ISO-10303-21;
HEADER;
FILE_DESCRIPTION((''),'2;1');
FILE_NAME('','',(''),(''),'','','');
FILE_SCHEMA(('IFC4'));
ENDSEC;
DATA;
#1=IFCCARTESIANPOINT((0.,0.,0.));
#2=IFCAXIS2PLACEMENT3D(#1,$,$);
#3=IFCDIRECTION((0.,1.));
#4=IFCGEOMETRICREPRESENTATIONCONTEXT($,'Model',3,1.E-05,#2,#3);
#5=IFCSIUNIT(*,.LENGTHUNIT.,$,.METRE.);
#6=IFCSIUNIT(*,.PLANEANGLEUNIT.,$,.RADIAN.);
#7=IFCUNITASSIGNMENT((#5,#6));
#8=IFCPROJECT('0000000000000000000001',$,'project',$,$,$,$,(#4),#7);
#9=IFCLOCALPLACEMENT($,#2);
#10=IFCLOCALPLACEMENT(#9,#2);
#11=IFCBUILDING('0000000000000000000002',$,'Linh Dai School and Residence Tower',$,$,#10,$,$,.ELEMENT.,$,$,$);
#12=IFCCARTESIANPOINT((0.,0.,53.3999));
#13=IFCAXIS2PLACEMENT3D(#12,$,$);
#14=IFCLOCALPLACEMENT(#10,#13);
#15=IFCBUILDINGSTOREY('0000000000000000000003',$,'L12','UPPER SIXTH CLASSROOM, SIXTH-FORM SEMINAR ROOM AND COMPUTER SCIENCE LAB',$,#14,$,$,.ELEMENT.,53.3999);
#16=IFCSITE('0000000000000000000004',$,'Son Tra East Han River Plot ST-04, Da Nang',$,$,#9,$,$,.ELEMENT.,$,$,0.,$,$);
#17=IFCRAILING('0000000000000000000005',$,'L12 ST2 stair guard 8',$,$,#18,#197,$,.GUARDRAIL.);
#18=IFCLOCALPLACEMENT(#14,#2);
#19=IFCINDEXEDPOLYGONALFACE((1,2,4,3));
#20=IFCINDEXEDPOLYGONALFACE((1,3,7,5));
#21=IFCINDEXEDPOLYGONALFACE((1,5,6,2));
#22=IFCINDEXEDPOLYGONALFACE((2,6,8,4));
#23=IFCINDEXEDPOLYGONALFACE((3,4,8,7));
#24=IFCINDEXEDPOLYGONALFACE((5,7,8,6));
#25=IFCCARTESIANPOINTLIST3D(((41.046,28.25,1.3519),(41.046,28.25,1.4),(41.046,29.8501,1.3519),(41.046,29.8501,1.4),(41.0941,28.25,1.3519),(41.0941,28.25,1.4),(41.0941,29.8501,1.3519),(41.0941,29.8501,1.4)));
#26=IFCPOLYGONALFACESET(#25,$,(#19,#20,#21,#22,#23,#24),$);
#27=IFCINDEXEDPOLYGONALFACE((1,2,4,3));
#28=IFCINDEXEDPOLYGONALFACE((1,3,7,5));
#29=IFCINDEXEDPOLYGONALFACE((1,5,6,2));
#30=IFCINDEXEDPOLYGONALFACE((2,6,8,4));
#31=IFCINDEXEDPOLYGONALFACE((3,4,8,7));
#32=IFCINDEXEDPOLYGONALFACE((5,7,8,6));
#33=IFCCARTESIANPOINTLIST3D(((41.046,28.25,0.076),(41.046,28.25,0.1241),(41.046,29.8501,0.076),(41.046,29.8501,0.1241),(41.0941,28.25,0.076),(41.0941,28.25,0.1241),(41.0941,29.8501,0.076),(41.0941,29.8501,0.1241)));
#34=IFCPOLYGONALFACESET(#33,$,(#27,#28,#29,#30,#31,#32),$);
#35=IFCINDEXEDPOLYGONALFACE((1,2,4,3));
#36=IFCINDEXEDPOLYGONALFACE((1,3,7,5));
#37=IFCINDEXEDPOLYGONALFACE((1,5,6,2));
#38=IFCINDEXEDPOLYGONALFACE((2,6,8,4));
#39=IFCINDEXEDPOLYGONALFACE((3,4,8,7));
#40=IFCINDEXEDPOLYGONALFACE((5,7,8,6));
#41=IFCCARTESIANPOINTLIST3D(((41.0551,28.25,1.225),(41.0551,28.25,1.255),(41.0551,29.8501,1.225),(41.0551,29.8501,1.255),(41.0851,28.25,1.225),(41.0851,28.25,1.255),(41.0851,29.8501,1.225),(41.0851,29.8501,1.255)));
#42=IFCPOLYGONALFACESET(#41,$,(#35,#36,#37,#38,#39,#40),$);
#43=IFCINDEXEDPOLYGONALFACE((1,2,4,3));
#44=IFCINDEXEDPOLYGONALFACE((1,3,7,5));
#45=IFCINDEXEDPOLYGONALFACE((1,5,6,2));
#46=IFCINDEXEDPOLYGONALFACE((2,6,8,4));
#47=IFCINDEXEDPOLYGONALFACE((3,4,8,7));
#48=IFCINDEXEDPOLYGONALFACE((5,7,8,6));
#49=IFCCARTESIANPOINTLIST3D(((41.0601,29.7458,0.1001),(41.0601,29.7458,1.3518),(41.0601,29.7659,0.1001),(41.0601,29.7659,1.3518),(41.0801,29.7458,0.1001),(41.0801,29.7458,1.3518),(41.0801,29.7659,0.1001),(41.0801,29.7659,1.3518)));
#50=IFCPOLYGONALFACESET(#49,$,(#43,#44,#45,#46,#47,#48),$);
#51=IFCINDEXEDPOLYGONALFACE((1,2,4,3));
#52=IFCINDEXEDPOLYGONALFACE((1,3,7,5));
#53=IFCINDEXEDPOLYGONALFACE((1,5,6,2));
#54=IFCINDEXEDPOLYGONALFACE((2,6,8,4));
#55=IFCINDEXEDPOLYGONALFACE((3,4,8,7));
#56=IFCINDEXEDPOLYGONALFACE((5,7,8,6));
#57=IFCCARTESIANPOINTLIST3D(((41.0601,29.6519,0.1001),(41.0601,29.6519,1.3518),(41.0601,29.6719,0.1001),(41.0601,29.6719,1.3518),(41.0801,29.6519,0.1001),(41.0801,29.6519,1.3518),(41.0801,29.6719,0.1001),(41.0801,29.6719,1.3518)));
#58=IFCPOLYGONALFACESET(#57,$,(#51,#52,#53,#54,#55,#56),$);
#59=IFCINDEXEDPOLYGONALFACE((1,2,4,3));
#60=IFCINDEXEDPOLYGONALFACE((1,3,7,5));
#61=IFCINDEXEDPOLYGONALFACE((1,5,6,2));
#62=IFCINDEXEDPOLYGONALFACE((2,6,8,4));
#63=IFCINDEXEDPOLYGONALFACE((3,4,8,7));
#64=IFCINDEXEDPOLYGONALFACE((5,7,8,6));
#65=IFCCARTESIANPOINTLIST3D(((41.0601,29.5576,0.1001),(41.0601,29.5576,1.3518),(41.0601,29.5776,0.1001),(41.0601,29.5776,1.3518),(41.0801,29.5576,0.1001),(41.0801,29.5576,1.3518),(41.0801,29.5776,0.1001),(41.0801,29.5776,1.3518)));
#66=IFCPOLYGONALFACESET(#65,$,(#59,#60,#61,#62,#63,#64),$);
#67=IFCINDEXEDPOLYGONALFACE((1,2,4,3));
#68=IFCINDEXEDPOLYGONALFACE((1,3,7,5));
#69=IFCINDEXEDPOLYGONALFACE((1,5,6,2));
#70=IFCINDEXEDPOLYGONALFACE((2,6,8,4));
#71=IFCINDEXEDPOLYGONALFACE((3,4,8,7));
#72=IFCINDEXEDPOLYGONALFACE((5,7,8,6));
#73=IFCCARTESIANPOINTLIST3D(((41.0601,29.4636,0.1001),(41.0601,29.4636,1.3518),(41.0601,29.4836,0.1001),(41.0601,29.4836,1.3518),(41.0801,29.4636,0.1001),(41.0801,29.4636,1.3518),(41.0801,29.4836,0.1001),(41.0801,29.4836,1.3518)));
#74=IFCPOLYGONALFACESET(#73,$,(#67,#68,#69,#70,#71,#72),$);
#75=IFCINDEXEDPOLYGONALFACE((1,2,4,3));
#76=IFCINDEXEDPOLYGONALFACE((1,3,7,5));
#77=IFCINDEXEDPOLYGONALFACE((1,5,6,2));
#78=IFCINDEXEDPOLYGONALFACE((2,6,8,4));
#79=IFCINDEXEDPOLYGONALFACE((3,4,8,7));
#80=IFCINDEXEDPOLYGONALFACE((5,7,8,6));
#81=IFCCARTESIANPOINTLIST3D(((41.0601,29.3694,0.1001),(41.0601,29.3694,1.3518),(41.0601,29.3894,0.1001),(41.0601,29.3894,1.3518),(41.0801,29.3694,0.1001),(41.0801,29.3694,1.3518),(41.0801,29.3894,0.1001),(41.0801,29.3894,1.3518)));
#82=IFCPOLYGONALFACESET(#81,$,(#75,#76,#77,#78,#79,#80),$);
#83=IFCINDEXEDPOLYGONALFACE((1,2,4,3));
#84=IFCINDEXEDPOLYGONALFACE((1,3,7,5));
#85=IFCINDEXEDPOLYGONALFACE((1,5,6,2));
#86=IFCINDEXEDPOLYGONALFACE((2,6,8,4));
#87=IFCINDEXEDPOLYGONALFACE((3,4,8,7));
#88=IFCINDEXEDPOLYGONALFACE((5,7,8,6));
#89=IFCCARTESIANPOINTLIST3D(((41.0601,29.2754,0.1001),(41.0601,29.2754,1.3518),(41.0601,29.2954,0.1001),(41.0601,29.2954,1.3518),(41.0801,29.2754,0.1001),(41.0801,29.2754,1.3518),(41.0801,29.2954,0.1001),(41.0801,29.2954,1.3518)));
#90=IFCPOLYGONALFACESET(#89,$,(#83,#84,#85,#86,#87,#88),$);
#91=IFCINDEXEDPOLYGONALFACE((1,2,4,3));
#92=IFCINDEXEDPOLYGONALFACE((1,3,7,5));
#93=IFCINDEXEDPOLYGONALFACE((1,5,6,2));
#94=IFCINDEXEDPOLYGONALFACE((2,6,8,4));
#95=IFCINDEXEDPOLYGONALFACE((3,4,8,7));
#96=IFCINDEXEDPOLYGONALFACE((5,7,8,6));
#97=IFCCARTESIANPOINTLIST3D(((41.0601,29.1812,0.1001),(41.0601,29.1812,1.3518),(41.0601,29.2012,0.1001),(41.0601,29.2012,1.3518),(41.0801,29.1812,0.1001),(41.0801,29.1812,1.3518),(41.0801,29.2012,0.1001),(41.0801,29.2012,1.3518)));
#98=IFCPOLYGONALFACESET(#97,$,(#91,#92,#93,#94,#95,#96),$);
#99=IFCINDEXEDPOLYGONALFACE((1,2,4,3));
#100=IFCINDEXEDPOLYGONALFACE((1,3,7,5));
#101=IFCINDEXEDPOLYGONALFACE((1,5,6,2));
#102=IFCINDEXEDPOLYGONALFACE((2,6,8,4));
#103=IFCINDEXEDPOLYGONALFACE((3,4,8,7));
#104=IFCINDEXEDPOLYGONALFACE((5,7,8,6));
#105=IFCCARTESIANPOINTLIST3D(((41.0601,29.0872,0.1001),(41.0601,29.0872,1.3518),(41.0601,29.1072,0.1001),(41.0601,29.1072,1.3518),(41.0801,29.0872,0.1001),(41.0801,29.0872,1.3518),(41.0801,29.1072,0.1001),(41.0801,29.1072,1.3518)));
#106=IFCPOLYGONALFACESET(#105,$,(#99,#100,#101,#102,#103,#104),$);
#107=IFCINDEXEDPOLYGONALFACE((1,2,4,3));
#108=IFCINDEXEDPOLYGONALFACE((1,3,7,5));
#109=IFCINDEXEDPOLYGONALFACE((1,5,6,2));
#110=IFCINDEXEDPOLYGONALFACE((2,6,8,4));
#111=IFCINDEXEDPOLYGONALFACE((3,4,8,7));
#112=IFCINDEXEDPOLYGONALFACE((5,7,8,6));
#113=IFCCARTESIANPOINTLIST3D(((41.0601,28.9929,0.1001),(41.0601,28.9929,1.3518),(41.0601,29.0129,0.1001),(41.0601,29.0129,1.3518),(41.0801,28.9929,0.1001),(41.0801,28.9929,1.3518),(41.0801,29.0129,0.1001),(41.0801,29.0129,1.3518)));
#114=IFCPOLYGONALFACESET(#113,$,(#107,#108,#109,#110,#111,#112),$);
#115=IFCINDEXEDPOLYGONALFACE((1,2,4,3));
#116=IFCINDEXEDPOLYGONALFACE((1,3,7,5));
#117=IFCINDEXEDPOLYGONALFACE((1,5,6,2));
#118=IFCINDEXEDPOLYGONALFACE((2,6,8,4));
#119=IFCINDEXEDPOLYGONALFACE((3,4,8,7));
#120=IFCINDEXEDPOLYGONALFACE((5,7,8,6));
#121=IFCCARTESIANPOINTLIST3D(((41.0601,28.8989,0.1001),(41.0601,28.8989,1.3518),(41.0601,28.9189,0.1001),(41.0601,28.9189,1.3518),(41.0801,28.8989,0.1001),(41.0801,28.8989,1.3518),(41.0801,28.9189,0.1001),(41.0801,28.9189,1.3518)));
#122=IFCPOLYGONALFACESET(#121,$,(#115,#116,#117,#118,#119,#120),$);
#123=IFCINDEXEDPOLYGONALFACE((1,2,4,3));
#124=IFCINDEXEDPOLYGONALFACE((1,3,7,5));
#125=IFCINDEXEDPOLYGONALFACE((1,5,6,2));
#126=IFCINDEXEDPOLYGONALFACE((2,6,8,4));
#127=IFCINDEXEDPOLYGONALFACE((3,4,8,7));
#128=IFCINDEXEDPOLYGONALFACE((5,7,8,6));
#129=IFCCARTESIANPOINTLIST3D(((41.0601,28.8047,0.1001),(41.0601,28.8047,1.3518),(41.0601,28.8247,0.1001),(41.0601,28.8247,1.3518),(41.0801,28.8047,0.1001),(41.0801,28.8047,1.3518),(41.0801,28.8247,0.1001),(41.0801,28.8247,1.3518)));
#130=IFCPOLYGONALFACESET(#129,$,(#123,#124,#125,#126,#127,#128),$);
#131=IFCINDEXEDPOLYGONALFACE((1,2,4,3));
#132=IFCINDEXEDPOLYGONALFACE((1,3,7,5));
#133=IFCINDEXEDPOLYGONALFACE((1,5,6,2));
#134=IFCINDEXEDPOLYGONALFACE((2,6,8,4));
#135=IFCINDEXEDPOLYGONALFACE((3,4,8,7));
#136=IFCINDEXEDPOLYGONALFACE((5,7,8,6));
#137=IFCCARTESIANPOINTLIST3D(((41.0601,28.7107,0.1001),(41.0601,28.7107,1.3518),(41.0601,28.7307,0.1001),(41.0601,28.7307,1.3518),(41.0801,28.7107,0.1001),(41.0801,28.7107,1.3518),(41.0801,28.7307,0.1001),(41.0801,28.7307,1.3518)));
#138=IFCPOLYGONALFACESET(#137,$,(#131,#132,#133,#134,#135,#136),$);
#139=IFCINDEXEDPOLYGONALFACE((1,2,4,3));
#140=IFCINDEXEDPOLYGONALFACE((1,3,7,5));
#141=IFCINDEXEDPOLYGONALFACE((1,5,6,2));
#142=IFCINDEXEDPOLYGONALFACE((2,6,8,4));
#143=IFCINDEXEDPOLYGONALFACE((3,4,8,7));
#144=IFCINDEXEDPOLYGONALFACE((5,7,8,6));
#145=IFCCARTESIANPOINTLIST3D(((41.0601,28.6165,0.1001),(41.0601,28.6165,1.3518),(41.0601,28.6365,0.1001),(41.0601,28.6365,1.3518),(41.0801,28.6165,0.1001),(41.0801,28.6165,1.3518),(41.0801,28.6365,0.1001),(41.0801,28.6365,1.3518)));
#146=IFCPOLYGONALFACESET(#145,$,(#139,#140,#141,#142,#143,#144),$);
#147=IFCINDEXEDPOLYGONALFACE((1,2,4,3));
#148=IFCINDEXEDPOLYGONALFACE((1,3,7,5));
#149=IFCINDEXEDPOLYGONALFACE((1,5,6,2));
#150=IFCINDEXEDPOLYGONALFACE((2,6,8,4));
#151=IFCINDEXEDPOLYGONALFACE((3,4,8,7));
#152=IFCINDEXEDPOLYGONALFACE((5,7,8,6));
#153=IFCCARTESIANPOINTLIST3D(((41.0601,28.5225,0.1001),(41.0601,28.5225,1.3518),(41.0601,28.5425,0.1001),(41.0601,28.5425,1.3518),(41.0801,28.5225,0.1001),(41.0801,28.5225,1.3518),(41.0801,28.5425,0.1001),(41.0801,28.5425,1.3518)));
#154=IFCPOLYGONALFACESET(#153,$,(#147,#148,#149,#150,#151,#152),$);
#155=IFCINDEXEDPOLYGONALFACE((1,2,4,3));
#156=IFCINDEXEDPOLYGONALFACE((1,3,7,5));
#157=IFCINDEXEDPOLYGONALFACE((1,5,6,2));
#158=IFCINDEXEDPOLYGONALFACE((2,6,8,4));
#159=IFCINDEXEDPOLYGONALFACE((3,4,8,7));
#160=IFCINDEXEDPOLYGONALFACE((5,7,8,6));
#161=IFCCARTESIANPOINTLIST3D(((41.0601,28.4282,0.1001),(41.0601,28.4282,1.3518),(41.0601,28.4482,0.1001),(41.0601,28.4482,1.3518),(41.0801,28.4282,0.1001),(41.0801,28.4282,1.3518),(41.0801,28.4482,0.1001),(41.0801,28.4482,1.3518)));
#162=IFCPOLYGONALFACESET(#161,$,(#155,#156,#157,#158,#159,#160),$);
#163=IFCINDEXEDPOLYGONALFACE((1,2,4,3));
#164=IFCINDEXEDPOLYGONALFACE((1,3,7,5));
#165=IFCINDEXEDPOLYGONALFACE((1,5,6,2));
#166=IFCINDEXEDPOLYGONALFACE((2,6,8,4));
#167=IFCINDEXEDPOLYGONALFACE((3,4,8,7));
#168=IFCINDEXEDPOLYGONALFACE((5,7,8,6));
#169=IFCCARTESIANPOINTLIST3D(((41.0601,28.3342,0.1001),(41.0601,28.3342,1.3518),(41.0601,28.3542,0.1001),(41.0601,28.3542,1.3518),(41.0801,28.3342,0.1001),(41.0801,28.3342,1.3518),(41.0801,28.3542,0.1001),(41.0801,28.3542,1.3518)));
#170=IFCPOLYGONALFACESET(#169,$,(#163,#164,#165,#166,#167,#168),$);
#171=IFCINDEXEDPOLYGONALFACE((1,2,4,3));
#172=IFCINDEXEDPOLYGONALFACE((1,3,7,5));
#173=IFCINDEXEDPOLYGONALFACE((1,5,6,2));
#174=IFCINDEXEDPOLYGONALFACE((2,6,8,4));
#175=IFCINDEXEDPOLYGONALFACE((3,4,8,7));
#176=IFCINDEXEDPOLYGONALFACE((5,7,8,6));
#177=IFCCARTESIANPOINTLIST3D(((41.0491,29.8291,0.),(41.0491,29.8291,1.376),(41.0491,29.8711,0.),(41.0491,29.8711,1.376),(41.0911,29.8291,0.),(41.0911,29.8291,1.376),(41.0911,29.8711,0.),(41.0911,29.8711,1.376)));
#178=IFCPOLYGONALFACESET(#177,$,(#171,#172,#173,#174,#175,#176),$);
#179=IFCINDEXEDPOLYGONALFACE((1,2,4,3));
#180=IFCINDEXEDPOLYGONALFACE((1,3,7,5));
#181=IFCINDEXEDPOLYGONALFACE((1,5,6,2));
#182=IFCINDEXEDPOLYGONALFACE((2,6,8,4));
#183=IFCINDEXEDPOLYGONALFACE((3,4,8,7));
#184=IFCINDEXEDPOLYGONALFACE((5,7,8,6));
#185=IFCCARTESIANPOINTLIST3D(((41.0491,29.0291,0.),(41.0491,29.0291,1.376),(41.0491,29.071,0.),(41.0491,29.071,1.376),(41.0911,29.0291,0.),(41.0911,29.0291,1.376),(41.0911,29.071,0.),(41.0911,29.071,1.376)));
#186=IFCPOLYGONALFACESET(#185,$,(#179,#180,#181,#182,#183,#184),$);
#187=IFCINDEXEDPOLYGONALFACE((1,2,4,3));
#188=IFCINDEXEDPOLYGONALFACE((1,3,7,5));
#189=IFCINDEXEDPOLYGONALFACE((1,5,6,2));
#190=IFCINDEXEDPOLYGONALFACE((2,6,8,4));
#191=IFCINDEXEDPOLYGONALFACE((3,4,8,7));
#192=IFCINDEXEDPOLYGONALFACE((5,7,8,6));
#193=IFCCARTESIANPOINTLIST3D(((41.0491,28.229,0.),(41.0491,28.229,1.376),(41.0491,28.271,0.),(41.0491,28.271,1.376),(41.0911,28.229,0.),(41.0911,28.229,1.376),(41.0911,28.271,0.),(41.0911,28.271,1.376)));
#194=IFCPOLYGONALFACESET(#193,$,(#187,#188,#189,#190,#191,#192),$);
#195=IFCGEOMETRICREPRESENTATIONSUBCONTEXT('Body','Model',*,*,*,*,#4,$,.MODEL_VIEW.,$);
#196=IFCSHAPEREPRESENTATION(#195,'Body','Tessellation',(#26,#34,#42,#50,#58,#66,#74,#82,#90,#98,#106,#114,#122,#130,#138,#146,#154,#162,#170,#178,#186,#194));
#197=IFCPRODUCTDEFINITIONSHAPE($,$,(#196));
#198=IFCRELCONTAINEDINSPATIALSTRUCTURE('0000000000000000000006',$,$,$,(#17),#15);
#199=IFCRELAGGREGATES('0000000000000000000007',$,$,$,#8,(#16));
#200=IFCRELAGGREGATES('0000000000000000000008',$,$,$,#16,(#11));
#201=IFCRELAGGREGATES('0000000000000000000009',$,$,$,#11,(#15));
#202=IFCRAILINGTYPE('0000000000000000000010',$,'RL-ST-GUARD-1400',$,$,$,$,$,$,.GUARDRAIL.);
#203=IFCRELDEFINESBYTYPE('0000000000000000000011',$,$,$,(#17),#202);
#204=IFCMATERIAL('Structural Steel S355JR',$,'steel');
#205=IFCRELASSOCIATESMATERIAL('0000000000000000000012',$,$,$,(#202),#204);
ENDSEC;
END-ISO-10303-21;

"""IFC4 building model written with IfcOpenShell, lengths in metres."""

from ifc_helpers import new_model, si_unit, direction, frame, origin, origin_2d, place, context, subcontext, project, spatial, rectangle, extrude, source, transform, mapped, material, type_object, element, save


model = new_model("IFC4")

# Units and contexts
model_context = context("Model", 3, precision=1e-05, world=origin(), true_north=direction((0.0, 1.0)))
body_context = subcontext(model_context, "Body", "Model", "MODEL_VIEW")
ifc_project = project(units=[si_unit("LENGTHUNIT", "METRE"), si_unit("PLANEANGLEUNIT", "RADIAN")], contexts=[model_context])

# Site, building, storey
site_placement = place(None, origin())
site = spatial("IfcSite", under=ifc_project, at=site_placement, Name="Son Tra East Han River Plot ST-04, Da Nang", CompositionType="ELEMENT", RefElevation=0.0)
building_placement = place(site_placement, origin())
building = spatial("IfcBuilding", under=site, at=building_placement, Name="Linh Dai School and Residence Tower", CompositionType="ELEMENT")
storey_placement = place(building_placement, frame((0.0, 0.0, 53.3999)))
storey = spatial("IfcBuildingStorey", under=building, at=storey_placement, Name="L12", Description="UPPER SIXTH CLASSROOM, SIXTH-FORM SEMINAR ROOM AND COMPUTER SCIENCE LAB", CompositionType="ELEMENT", Elevation=53.3999)

# Shared definitions
ifc_material_1 = material(Name="Structural Steel S355JR", Category="steel")

# Railing
railing_type_1 = type_object("IfcRailingType", Name="RL-ST-GUARD-1400", PredefinedType="GUARDRAIL", material=ifc_material_1)
shared_shape_1 = source(origin(), body_context, "Body", "SweptSolid", [
    extrude(rectangle(XDim=0.0481, YDim=0.0481, at=origin_2d()), frame((0.0, 0.0, 1.376), z_axis=(0.0, -1.0, 0.0), x_axis=(1.0, 0.0, 0.0)), (0.0, 0.0, 1.0), 1.6001),
    extrude(rectangle(XDim=0.0481, YDim=0.0481, at=origin_2d()), frame((0.0, 0.0, 0.1001), z_axis=(0.0, -1.0, 0.0), x_axis=(1.0, 0.0, 0.0)), (0.0, 0.0, 1.0), 1.6001),
    extrude(rectangle(XDim=0.03, YDim=0.03, at=origin_2d()), frame((0.0, 0.0, 1.24), z_axis=(0.0, -1.0, 0.0), x_axis=(1.0, 0.0, 0.0)), (0.0, 0.0, 1.0), 1.6001),
    extrude(rectangle(XDim=0.02, YDim=0.02, at=origin_2d()), frame((0.0, -0.0942, 0.1001)), (0.0, 0.0, 1.0), 1.2517),
    extrude(rectangle(XDim=0.02, YDim=0.02, at=origin_2d()), frame((0.0, -0.1882, 0.1001)), (0.0, 0.0, 1.0), 1.2517),
    extrude(rectangle(XDim=0.02, YDim=0.02, at=origin_2d()), frame((0.0, -0.2825, 0.1001)), (0.0, 0.0, 1.0), 1.2517),
    extrude(rectangle(XDim=0.02, YDim=0.02, at=origin_2d()), frame((0.0, -0.3765, 0.1001)), (0.0, 0.0, 1.0), 1.2517),
    extrude(rectangle(XDim=0.02, YDim=0.02, at=origin_2d()), frame((0.0, -0.4707, 0.1001)), (0.0, 0.0, 1.0), 1.2517),
    extrude(rectangle(XDim=0.02, YDim=0.02, at=origin_2d()), frame((0.0, -0.5647, 0.1001)), (0.0, 0.0, 1.0), 1.2517),
    extrude(rectangle(XDim=0.02, YDim=0.02, at=origin_2d()), frame((0.0, -0.6589, 0.1001)), (0.0, 0.0, 1.0), 1.2517),
    extrude(rectangle(XDim=0.02, YDim=0.02, at=origin_2d()), frame((0.0, -0.7529, 0.1001)), (0.0, 0.0, 1.0), 1.2517),
    extrude(rectangle(XDim=0.02, YDim=0.02, at=origin_2d()), frame((0.0, -0.8472, 0.1001)), (0.0, 0.0, 1.0), 1.2517),
    extrude(rectangle(XDim=0.02, YDim=0.02, at=origin_2d()), frame((0.0, -0.9412, 0.1001)), (0.0, 0.0, 1.0), 1.2517),
    extrude(rectangle(XDim=0.02, YDim=0.02, at=origin_2d()), frame((0.0, -1.0354, 0.1001)), (0.0, 0.0, 1.0), 1.2517),
    extrude(rectangle(XDim=0.02, YDim=0.02, at=origin_2d()), frame((0.0, -1.1294, 0.1001)), (0.0, 0.0, 1.0), 1.2517),
    extrude(rectangle(XDim=0.02, YDim=0.02, at=origin_2d()), frame((0.0, -1.2236, 0.1001)), (0.0, 0.0, 1.0), 1.2517),
    extrude(rectangle(XDim=0.02, YDim=0.02, at=origin_2d()), frame((0.0, -1.3176, 0.1001)), (0.0, 0.0, 1.0), 1.2517),
    extrude(rectangle(XDim=0.02, YDim=0.02, at=origin_2d()), frame((0.0, -1.4119, 0.1001)), (0.0, 0.0, 1.0), 1.2517),
    extrude(rectangle(XDim=0.02, YDim=0.02, at=origin_2d()), frame((0.0, -1.5059, 0.1001)), (0.0, 0.0, 1.0), 1.2517),
    extrude(rectangle(XDim=0.042, YDim=0.042, at=origin_2d()), origin(), (0.0, 0.0, 1.0), 1.376),
    extrude(rectangle(XDim=0.042, YDim=0.042, at=origin_2d()), frame((0.0, -0.8, 0.0)), (0.0, 0.0, 1.0), 1.376),
    extrude(rectangle(XDim=0.042, YDim=0.042, at=origin_2d()), frame((0.0, -1.6001, 0.0)), (0.0, 0.0, 1.0), 1.376),
])
for number, where, name in (
    (1, (41.0701, 29.8501, 0.0), "L12 ST2 stair guard 8"),
):
    element("IfcRailing", number, at=place(storey_placement, frame(where)), inside=storey, type_object=railing_type_1, Name=name, PredefinedType="GUARDRAIL", context=body_context, shape_type="MappedRepresentation", body=[
        mapped(shared_shape_1, transform((0.0, 0.0, 0.0), x_axis=(1.0, 0.0, 0.0), y_axis=(0.0, 1.0, 0.0), z_axis=(0.0, 0.0, 1.0), scale=1.0)),
    ])

save(model, "model.ifc")
